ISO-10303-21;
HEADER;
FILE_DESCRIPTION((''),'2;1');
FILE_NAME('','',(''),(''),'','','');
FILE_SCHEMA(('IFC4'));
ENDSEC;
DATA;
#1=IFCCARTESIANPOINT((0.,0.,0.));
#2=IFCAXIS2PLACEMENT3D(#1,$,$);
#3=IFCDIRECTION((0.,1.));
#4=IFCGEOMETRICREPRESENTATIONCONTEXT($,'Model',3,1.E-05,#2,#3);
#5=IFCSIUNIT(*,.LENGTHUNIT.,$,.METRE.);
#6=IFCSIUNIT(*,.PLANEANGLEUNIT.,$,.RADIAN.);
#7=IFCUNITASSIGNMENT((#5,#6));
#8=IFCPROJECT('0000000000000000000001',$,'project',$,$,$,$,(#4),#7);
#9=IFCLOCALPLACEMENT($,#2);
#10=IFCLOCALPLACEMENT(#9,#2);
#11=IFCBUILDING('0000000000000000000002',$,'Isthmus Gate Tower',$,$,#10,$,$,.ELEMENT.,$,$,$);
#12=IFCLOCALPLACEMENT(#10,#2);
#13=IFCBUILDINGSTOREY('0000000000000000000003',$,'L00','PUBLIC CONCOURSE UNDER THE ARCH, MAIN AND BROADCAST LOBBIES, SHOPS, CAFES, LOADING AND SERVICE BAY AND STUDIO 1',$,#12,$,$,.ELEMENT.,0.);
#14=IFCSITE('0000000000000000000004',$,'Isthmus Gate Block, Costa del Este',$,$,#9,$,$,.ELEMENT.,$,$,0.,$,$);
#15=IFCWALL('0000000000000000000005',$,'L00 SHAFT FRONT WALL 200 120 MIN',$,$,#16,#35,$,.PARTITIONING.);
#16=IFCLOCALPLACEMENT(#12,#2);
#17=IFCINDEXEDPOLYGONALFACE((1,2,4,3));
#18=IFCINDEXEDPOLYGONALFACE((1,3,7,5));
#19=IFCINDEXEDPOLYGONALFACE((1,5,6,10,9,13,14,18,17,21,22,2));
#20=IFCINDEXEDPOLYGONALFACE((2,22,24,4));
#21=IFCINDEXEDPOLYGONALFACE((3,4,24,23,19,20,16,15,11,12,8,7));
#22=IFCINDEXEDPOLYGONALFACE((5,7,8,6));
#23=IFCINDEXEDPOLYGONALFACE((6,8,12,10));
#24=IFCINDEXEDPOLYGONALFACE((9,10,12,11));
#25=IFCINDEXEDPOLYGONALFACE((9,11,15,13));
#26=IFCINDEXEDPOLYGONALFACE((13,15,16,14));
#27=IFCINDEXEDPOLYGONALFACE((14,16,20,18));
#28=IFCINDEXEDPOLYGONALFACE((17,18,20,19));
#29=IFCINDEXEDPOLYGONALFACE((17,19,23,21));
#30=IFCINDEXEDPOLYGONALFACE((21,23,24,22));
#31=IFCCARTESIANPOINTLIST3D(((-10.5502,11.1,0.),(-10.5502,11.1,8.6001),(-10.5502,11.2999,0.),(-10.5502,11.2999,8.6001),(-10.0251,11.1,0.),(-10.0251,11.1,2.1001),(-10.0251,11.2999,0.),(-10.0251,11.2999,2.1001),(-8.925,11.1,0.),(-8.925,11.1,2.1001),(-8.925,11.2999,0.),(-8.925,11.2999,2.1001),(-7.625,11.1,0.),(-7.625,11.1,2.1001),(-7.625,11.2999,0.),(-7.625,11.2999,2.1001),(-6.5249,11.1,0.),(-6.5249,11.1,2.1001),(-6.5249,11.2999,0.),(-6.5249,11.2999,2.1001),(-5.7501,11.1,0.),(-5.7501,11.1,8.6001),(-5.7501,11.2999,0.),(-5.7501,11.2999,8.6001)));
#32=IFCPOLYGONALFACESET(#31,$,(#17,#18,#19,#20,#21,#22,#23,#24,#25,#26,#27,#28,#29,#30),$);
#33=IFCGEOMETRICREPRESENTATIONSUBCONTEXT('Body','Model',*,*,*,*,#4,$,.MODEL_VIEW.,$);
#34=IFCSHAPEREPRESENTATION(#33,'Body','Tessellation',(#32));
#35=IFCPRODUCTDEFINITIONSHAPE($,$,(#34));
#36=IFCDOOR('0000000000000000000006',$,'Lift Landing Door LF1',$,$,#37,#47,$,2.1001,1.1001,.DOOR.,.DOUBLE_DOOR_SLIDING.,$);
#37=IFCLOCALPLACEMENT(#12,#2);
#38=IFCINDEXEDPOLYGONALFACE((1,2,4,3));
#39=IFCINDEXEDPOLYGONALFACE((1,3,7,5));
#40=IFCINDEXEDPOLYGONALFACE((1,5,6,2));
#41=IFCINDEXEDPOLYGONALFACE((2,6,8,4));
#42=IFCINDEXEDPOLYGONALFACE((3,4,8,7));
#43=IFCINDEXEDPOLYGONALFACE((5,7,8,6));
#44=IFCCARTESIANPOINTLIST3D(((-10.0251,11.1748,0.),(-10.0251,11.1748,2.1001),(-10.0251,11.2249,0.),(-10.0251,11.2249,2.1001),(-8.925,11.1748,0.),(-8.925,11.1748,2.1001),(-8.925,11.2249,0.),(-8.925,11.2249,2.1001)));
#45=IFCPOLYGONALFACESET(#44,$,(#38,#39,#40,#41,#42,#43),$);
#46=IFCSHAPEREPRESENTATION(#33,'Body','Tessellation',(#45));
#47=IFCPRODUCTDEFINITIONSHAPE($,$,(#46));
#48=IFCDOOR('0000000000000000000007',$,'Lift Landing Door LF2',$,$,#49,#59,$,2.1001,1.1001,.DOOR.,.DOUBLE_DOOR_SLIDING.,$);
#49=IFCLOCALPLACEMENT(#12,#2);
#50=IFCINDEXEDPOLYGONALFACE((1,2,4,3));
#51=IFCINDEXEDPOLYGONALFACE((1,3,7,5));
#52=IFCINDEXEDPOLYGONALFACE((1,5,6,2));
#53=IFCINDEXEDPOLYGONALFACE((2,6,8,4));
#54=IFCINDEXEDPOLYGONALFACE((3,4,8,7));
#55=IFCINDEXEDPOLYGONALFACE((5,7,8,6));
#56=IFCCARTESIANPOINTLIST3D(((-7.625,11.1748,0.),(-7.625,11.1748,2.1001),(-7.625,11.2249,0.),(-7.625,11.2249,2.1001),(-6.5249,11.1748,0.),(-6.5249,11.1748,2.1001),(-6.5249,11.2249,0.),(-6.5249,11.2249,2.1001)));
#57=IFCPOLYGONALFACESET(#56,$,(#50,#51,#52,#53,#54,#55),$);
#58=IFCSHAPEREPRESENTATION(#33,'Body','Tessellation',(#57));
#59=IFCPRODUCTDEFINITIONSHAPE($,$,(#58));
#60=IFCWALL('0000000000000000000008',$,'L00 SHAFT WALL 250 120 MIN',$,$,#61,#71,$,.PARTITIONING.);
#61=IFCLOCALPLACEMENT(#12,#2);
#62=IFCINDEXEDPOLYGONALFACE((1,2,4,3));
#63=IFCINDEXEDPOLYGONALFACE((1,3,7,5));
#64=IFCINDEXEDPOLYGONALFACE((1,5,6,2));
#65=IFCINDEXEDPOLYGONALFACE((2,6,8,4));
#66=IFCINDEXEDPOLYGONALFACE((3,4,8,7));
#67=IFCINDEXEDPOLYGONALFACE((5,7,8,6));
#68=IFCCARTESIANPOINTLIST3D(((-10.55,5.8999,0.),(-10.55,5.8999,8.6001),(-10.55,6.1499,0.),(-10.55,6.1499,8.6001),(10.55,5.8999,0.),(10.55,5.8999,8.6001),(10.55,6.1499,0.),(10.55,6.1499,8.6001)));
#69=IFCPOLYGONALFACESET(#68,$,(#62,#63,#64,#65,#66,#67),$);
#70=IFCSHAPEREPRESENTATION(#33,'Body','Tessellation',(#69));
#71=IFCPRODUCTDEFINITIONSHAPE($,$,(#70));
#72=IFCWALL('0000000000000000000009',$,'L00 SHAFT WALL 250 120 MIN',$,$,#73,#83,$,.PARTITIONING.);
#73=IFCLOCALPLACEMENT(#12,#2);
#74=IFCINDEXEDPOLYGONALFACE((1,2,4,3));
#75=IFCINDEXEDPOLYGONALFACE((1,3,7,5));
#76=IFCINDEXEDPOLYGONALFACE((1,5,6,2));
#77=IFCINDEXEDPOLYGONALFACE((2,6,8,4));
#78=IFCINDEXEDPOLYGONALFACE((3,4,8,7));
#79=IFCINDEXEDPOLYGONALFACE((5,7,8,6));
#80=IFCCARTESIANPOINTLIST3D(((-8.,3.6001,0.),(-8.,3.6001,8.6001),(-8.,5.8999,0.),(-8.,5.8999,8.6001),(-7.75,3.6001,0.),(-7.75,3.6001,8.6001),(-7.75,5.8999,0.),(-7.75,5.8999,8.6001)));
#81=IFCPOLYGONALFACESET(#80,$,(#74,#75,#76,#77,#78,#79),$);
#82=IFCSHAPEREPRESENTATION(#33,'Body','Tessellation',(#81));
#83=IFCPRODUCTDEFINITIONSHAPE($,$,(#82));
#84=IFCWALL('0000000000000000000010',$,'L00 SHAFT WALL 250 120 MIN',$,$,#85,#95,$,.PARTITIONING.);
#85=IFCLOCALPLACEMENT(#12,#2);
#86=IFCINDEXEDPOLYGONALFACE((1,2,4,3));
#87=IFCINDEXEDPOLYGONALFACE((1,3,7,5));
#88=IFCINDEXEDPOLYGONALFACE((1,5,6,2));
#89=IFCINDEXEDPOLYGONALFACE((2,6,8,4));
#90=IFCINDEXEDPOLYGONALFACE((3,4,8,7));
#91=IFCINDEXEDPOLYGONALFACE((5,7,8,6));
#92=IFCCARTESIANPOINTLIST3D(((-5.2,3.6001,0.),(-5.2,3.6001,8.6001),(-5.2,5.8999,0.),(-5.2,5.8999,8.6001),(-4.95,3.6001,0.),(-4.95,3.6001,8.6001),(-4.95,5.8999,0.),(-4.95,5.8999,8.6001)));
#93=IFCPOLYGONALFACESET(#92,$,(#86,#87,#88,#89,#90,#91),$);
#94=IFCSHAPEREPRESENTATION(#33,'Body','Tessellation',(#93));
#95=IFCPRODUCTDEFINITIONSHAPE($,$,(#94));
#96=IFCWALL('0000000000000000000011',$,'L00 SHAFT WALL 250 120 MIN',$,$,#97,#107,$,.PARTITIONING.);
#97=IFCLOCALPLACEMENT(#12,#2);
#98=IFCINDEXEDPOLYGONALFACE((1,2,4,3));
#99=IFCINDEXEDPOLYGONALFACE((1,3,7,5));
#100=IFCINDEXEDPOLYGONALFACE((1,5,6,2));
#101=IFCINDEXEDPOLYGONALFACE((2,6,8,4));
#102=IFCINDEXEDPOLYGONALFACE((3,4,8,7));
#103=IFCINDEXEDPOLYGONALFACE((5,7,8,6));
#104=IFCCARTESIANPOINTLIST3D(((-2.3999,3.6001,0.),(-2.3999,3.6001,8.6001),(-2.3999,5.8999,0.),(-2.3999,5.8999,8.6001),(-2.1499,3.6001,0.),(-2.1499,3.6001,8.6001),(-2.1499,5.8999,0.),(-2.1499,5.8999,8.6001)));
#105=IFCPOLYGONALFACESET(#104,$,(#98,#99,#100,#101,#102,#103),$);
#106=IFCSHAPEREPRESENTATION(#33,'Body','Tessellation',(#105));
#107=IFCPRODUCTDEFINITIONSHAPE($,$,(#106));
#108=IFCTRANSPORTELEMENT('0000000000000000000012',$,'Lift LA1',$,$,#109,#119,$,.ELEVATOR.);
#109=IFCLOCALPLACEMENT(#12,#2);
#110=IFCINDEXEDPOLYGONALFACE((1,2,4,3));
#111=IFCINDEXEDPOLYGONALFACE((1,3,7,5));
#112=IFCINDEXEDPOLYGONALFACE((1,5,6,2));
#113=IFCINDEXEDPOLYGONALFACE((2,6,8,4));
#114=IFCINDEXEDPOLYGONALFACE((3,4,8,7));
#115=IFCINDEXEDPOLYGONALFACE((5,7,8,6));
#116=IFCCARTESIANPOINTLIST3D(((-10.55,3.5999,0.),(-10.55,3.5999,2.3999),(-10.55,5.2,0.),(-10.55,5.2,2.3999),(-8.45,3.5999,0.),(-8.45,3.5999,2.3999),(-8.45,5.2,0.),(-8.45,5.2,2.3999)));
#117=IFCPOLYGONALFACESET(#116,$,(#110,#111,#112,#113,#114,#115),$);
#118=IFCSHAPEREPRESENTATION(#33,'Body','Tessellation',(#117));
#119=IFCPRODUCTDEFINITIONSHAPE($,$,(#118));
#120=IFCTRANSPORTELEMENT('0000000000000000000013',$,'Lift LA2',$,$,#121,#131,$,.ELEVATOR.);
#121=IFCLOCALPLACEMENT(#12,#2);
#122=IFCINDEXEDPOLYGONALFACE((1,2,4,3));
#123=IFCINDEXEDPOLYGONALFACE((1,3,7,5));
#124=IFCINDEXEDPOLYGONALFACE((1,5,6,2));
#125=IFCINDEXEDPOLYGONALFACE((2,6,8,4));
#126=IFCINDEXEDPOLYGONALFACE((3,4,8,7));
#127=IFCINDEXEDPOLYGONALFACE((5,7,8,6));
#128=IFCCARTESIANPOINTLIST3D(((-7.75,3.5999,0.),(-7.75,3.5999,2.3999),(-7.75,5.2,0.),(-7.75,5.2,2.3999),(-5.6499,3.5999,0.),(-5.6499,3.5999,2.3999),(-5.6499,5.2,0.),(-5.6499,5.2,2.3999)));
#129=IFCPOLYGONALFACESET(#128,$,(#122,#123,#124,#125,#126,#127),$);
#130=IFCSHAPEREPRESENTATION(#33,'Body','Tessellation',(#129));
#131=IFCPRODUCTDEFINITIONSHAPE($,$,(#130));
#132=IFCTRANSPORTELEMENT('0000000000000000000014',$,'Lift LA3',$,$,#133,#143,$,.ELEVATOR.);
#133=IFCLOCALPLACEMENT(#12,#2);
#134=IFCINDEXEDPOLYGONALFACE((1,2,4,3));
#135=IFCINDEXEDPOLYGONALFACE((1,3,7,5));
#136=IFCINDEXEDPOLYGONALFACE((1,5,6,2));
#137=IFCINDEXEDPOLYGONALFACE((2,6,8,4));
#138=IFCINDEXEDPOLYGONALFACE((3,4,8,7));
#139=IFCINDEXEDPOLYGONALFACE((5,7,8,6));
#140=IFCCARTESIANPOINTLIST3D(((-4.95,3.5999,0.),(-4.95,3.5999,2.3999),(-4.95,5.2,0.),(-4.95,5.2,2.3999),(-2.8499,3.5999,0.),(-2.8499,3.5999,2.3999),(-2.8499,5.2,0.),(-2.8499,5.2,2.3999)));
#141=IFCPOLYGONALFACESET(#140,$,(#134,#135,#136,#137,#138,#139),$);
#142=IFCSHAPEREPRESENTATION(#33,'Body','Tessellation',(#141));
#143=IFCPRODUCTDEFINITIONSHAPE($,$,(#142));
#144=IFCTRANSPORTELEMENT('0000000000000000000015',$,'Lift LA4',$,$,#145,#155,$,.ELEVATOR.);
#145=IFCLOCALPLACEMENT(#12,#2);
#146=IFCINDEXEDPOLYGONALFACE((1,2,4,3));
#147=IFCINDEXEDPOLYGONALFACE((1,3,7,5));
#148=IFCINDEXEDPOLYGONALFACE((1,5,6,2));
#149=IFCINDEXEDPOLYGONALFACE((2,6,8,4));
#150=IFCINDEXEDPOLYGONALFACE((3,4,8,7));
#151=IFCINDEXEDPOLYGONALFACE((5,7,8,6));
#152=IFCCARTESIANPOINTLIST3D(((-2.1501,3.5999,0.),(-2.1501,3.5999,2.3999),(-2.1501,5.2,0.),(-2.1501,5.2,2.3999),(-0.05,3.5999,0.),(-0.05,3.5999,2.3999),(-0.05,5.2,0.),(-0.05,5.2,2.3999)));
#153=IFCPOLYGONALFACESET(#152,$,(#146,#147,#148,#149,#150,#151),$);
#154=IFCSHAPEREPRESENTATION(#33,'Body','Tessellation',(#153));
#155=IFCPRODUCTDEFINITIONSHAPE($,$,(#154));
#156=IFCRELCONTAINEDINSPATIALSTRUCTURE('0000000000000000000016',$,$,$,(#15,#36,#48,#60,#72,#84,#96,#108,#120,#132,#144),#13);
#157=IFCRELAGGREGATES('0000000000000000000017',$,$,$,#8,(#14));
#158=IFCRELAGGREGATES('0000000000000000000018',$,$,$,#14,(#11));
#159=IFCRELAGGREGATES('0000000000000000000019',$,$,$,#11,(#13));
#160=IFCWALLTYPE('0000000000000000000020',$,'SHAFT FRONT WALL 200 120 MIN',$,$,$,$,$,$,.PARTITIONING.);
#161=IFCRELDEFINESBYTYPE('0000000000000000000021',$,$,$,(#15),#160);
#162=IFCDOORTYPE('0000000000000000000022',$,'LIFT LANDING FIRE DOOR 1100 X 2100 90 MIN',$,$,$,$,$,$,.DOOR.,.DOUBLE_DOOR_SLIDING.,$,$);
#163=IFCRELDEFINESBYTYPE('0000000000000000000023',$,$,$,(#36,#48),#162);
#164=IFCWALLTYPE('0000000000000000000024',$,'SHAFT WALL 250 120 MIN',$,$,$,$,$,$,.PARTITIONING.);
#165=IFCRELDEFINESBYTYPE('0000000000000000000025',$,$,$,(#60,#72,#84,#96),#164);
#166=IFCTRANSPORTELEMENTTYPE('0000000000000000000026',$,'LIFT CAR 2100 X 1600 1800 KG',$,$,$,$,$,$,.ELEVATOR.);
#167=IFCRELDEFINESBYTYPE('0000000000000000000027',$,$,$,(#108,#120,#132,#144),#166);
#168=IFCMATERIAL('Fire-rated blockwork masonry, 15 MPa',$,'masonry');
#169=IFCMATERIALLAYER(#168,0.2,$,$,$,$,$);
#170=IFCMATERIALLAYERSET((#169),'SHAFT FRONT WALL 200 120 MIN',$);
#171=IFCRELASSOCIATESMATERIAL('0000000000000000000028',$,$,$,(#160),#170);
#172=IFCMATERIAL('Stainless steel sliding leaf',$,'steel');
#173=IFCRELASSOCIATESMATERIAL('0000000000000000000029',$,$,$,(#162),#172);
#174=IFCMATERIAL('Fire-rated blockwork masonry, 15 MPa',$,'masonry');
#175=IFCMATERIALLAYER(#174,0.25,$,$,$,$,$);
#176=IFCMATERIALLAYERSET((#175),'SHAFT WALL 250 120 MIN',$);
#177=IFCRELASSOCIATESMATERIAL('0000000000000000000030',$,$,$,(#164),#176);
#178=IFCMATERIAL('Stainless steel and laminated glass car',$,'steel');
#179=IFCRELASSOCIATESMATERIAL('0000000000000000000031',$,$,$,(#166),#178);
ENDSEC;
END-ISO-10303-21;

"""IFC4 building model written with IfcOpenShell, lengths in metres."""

from ifc_helpers import new_model, si_unit, direction, frame, frame_2d, origin, origin_2d, place, context, subcontext, project, spatial, rectangle, extrude, material, layer, layer_set, type_object, element, fill, save


model = new_model("IFC4")

# Units and contexts
model_context = context("Model", 3, precision=1e-05, world=origin(), true_north=direction((0.0, 1.0)))
body_context = subcontext(model_context, "Body", "Model", "MODEL_VIEW")
ifc_project = project(units=[si_unit("LENGTHUNIT", "METRE"), si_unit("PLANEANGLEUNIT", "RADIAN")], contexts=[model_context])

# Site, building, storey
site_placement = place(None, origin())
site = spatial("IfcSite", under=ifc_project, at=site_placement, Name="Isthmus Gate Block, Costa del Este", CompositionType="ELEMENT", RefElevation=0.0)
building_placement = place(site_placement, origin())
building = spatial("IfcBuilding", under=site, at=building_placement, Name="Isthmus Gate Tower", CompositionType="ELEMENT")
storey_placement = place(building_placement, origin())
storey = spatial("IfcBuildingStorey", under=building, at=storey_placement, Name="L00", Description="PUBLIC CONCOURSE UNDER THE ARCH, MAIN AND BROADCAST LOBBIES, SHOPS, CAFES, LOADING AND SERVICE BAY AND STUDIO 1", CompositionType="ELEMENT", Elevation=0.0)

# Wall, openings, doors
ifc_material_1 = material(Name="Fire-rated blockwork masonry, 15 MPa", Category="masonry")
ifc_layer_1 = layer(ifc_material_1, 0.2)
ifc_layer_set_1 = layer_set([ifc_layer_1], Name="SHAFT FRONT WALL 200 120 MIN")
wall_type_1 = type_object("IfcWallType", Name="SHAFT FRONT WALL 200 120 MIN", PredefinedType="PARTITIONING", material=ifc_layer_set_1)
wall_1_placement = place(storey_placement, frame((-10.55, 11.2, 0.0), z_axis=(0.0, 0.0, 1.0), x_axis=(1.0, 0.0, 0.0)))
wall_1 = element("IfcWall", 1, at=wall_1_placement, inside=storey, type_object=wall_type_1, Name="L00 SHAFT FRONT WALL 200 120 MIN", PredefinedType="PARTITIONING", context=body_context, shape_type="SweptSolid", body=[
    extrude(rectangle(XDim=4.8, YDim=0.2, at=frame_2d((2.3999, 0.0))), origin(), (0.0, 0.0, 1.0), 8.6001),
])
opening_1_placement = place(wall_1_placement, frame((0.5249, 0.0, 0.0)))
opening_1 = element("IfcOpeningElement", 2, at=opening_1_placement, cuts=wall_1, PredefinedType="OPENING", context=body_context, shape_type="SweptSolid", body=[
    extrude(rectangle(XDim=1.1001, YDim=2.1001, at=frame_2d((0.55, 1.05))), frame((0.0, 0.1099, 0.0), z_axis=(0.0, -1.0, 0.0), x_axis=(1.0, 0.0, 0.0)), (0.0, 0.0, 1.0), 0.22),
])
opening_2_placement = place(wall_1_placement, frame((2.925, 0.0, 0.0)))
opening_2 = element("IfcOpeningElement", 3, at=opening_2_placement, cuts=wall_1, PredefinedType="OPENING", context=body_context, shape_type="SweptSolid", body=[
    extrude(rectangle(XDim=1.1001, YDim=2.1001, at=frame_2d((0.55, 1.05))), frame((0.0, 0.1099, 0.0), z_axis=(0.0, -1.0, 0.0), x_axis=(1.0, 0.0, 0.0)), (0.0, 0.0, 1.0), 0.22),
])
ifc_material_2 = material(Name="Stainless steel sliding leaf", Category="steel")
door_type_1 = type_object("IfcDoorType", Name="LIFT LANDING FIRE DOOR 1100 X 2100 90 MIN", OperationType="DOUBLE_DOOR_SLIDING", PredefinedType="DOOR", material=ifc_material_2)
door_1_placement = place(opening_1_placement, origin())
door_1 = element("IfcDoor", 4, at=door_1_placement, inside=storey, type_object=door_type_1, Name="Lift Landing Door LF1", OperationType="DOUBLE_DOOR_SLIDING", OverallHeight=2.1001, OverallWidth=1.1001, PredefinedType="DOOR", context=body_context, shape_type="SweptSolid", body=[
    extrude(rectangle(XDim=1.1001, YDim=2.1001, at=frame_2d((0.55, 1.05))), frame((0.0, 0.0249, 0.0), z_axis=(0.0, -1.0, 0.0), x_axis=(1.0, 0.0, 0.0)), (0.0, 0.0, 1.0), 0.05),
])
fill(opening_1, door_1)
door_2_placement = place(opening_2_placement, origin())
door_2 = element("IfcDoor", 5, at=door_2_placement, inside=storey, type_object=door_type_1, Name="Lift Landing Door LF2", OperationType="DOUBLE_DOOR_SLIDING", OverallHeight=2.1001, OverallWidth=1.1001, PredefinedType="DOOR", context=body_context, shape_type="SweptSolid", body=[
    extrude(rectangle(XDim=1.1001, YDim=2.1001, at=frame_2d((0.55, 1.05))), frame((0.0, 0.0249, 0.0), z_axis=(0.0, -1.0, 0.0), x_axis=(1.0, 0.0, 0.0)), (0.0, 0.0, 1.0), 0.05),
])
fill(opening_2, door_2)

# Walls
ifc_material_3 = material(Name="Fire-rated blockwork masonry, 15 MPa", Category="masonry")
ifc_layer_2 = layer(ifc_material_3, 0.25)
ifc_layer_set_2 = layer_set([ifc_layer_2], Name="SHAFT WALL 250 120 MIN")
wall_type_2 = type_object("IfcWallType", Name="SHAFT WALL 250 120 MIN", PredefinedType="PARTITIONING", material=ifc_layer_set_2)
wall_2_placement = place(storey_placement, frame((-10.55, 6.0249, 0.0), z_axis=(0.0, 0.0, 1.0), x_axis=(1.0, 0.0, 0.0)))
element("IfcWall", 6, at=wall_2_placement, inside=storey, type_object=wall_type_2, Name="L00 SHAFT WALL 250 120 MIN", PredefinedType="PARTITIONING", context=body_context, shape_type="SweptSolid", body=[
    extrude(rectangle(XDim=21.1001, YDim=0.25, at=frame_2d((10.55, 0.0))), origin(), (0.0, 0.0, 1.0), 8.6001),
])
for number, where, z_axis, x_axis, name in (
    (7, (-7.875, 3.6001, 0.0), (0.0, 0.0, 1.0), (0.0, 1.0, 0.0), "L00 SHAFT WALL 250 120 MIN"),
    (8, (-5.075, 3.6001, 0.0), (0.0, 0.0, 1.0), (0.0, 1.0, 0.0), "L00 SHAFT WALL 250 120 MIN"),
    (9, (-2.2749, 3.6001, 0.0), (0.0, 0.0, 1.0), (0.0, 1.0, 0.0), "L00 SHAFT WALL 250 120 MIN"),
):
    element("IfcWall", number, at=place(storey_placement, frame(where, z_axis=z_axis, x_axis=x_axis)), inside=storey, type_object=wall_type_2, Name=name, PredefinedType="PARTITIONING", context=body_context, shape_type="SweptSolid", body=[
        extrude(rectangle(XDim=2.2998, YDim=0.25, at=frame_2d((1.1499, 0.0))), origin(), (0.0, 0.0, 1.0), 8.6001),
    ])

# Transport elements
ifc_material_4 = material(Name="Stainless steel and laminated glass car", Category="steel")
transport_element_type = type_object("IfcTransportElementType", Name="LIFT CAR 2100 X 1600 1800 KG", PredefinedType="ELEVATOR", material=ifc_material_4)
for number, where, z_axis, x_axis, name in (
    (10, (-9.5, 4.3999, 0.0), (0.0, 0.0, 1.0), (1.0, 0.0, 0.0), "Lift LA1"),
    (11, (-6.7, 4.3999, 0.0), (0.0, 0.0, 1.0), (1.0, 0.0, 0.0), "Lift LA2"),
    (12, (-3.8999, 4.3999, 0.0), (0.0, 0.0, 1.0), (1.0, 0.0, 0.0), "Lift LA3"),
    (13, (-1.1001, 4.3999, 0.0), (0.0, 0.0, 1.0), (1.0, 0.0, 0.0), "Lift LA4"),
):
    element("IfcTransportElement", number, at=place(storey_placement, frame(where, z_axis=z_axis, x_axis=x_axis)), inside=storey, type_object=transport_element_type, Name=name, PredefinedType="ELEVATOR", context=body_context, shape_type="SweptSolid", body=[
        extrude(rectangle(XDim=2.1001, YDim=1.6001, at=origin_2d()), origin(), (0.0, 0.0, 1.0), 2.3999),
    ])

save(model, "model.ifc")
